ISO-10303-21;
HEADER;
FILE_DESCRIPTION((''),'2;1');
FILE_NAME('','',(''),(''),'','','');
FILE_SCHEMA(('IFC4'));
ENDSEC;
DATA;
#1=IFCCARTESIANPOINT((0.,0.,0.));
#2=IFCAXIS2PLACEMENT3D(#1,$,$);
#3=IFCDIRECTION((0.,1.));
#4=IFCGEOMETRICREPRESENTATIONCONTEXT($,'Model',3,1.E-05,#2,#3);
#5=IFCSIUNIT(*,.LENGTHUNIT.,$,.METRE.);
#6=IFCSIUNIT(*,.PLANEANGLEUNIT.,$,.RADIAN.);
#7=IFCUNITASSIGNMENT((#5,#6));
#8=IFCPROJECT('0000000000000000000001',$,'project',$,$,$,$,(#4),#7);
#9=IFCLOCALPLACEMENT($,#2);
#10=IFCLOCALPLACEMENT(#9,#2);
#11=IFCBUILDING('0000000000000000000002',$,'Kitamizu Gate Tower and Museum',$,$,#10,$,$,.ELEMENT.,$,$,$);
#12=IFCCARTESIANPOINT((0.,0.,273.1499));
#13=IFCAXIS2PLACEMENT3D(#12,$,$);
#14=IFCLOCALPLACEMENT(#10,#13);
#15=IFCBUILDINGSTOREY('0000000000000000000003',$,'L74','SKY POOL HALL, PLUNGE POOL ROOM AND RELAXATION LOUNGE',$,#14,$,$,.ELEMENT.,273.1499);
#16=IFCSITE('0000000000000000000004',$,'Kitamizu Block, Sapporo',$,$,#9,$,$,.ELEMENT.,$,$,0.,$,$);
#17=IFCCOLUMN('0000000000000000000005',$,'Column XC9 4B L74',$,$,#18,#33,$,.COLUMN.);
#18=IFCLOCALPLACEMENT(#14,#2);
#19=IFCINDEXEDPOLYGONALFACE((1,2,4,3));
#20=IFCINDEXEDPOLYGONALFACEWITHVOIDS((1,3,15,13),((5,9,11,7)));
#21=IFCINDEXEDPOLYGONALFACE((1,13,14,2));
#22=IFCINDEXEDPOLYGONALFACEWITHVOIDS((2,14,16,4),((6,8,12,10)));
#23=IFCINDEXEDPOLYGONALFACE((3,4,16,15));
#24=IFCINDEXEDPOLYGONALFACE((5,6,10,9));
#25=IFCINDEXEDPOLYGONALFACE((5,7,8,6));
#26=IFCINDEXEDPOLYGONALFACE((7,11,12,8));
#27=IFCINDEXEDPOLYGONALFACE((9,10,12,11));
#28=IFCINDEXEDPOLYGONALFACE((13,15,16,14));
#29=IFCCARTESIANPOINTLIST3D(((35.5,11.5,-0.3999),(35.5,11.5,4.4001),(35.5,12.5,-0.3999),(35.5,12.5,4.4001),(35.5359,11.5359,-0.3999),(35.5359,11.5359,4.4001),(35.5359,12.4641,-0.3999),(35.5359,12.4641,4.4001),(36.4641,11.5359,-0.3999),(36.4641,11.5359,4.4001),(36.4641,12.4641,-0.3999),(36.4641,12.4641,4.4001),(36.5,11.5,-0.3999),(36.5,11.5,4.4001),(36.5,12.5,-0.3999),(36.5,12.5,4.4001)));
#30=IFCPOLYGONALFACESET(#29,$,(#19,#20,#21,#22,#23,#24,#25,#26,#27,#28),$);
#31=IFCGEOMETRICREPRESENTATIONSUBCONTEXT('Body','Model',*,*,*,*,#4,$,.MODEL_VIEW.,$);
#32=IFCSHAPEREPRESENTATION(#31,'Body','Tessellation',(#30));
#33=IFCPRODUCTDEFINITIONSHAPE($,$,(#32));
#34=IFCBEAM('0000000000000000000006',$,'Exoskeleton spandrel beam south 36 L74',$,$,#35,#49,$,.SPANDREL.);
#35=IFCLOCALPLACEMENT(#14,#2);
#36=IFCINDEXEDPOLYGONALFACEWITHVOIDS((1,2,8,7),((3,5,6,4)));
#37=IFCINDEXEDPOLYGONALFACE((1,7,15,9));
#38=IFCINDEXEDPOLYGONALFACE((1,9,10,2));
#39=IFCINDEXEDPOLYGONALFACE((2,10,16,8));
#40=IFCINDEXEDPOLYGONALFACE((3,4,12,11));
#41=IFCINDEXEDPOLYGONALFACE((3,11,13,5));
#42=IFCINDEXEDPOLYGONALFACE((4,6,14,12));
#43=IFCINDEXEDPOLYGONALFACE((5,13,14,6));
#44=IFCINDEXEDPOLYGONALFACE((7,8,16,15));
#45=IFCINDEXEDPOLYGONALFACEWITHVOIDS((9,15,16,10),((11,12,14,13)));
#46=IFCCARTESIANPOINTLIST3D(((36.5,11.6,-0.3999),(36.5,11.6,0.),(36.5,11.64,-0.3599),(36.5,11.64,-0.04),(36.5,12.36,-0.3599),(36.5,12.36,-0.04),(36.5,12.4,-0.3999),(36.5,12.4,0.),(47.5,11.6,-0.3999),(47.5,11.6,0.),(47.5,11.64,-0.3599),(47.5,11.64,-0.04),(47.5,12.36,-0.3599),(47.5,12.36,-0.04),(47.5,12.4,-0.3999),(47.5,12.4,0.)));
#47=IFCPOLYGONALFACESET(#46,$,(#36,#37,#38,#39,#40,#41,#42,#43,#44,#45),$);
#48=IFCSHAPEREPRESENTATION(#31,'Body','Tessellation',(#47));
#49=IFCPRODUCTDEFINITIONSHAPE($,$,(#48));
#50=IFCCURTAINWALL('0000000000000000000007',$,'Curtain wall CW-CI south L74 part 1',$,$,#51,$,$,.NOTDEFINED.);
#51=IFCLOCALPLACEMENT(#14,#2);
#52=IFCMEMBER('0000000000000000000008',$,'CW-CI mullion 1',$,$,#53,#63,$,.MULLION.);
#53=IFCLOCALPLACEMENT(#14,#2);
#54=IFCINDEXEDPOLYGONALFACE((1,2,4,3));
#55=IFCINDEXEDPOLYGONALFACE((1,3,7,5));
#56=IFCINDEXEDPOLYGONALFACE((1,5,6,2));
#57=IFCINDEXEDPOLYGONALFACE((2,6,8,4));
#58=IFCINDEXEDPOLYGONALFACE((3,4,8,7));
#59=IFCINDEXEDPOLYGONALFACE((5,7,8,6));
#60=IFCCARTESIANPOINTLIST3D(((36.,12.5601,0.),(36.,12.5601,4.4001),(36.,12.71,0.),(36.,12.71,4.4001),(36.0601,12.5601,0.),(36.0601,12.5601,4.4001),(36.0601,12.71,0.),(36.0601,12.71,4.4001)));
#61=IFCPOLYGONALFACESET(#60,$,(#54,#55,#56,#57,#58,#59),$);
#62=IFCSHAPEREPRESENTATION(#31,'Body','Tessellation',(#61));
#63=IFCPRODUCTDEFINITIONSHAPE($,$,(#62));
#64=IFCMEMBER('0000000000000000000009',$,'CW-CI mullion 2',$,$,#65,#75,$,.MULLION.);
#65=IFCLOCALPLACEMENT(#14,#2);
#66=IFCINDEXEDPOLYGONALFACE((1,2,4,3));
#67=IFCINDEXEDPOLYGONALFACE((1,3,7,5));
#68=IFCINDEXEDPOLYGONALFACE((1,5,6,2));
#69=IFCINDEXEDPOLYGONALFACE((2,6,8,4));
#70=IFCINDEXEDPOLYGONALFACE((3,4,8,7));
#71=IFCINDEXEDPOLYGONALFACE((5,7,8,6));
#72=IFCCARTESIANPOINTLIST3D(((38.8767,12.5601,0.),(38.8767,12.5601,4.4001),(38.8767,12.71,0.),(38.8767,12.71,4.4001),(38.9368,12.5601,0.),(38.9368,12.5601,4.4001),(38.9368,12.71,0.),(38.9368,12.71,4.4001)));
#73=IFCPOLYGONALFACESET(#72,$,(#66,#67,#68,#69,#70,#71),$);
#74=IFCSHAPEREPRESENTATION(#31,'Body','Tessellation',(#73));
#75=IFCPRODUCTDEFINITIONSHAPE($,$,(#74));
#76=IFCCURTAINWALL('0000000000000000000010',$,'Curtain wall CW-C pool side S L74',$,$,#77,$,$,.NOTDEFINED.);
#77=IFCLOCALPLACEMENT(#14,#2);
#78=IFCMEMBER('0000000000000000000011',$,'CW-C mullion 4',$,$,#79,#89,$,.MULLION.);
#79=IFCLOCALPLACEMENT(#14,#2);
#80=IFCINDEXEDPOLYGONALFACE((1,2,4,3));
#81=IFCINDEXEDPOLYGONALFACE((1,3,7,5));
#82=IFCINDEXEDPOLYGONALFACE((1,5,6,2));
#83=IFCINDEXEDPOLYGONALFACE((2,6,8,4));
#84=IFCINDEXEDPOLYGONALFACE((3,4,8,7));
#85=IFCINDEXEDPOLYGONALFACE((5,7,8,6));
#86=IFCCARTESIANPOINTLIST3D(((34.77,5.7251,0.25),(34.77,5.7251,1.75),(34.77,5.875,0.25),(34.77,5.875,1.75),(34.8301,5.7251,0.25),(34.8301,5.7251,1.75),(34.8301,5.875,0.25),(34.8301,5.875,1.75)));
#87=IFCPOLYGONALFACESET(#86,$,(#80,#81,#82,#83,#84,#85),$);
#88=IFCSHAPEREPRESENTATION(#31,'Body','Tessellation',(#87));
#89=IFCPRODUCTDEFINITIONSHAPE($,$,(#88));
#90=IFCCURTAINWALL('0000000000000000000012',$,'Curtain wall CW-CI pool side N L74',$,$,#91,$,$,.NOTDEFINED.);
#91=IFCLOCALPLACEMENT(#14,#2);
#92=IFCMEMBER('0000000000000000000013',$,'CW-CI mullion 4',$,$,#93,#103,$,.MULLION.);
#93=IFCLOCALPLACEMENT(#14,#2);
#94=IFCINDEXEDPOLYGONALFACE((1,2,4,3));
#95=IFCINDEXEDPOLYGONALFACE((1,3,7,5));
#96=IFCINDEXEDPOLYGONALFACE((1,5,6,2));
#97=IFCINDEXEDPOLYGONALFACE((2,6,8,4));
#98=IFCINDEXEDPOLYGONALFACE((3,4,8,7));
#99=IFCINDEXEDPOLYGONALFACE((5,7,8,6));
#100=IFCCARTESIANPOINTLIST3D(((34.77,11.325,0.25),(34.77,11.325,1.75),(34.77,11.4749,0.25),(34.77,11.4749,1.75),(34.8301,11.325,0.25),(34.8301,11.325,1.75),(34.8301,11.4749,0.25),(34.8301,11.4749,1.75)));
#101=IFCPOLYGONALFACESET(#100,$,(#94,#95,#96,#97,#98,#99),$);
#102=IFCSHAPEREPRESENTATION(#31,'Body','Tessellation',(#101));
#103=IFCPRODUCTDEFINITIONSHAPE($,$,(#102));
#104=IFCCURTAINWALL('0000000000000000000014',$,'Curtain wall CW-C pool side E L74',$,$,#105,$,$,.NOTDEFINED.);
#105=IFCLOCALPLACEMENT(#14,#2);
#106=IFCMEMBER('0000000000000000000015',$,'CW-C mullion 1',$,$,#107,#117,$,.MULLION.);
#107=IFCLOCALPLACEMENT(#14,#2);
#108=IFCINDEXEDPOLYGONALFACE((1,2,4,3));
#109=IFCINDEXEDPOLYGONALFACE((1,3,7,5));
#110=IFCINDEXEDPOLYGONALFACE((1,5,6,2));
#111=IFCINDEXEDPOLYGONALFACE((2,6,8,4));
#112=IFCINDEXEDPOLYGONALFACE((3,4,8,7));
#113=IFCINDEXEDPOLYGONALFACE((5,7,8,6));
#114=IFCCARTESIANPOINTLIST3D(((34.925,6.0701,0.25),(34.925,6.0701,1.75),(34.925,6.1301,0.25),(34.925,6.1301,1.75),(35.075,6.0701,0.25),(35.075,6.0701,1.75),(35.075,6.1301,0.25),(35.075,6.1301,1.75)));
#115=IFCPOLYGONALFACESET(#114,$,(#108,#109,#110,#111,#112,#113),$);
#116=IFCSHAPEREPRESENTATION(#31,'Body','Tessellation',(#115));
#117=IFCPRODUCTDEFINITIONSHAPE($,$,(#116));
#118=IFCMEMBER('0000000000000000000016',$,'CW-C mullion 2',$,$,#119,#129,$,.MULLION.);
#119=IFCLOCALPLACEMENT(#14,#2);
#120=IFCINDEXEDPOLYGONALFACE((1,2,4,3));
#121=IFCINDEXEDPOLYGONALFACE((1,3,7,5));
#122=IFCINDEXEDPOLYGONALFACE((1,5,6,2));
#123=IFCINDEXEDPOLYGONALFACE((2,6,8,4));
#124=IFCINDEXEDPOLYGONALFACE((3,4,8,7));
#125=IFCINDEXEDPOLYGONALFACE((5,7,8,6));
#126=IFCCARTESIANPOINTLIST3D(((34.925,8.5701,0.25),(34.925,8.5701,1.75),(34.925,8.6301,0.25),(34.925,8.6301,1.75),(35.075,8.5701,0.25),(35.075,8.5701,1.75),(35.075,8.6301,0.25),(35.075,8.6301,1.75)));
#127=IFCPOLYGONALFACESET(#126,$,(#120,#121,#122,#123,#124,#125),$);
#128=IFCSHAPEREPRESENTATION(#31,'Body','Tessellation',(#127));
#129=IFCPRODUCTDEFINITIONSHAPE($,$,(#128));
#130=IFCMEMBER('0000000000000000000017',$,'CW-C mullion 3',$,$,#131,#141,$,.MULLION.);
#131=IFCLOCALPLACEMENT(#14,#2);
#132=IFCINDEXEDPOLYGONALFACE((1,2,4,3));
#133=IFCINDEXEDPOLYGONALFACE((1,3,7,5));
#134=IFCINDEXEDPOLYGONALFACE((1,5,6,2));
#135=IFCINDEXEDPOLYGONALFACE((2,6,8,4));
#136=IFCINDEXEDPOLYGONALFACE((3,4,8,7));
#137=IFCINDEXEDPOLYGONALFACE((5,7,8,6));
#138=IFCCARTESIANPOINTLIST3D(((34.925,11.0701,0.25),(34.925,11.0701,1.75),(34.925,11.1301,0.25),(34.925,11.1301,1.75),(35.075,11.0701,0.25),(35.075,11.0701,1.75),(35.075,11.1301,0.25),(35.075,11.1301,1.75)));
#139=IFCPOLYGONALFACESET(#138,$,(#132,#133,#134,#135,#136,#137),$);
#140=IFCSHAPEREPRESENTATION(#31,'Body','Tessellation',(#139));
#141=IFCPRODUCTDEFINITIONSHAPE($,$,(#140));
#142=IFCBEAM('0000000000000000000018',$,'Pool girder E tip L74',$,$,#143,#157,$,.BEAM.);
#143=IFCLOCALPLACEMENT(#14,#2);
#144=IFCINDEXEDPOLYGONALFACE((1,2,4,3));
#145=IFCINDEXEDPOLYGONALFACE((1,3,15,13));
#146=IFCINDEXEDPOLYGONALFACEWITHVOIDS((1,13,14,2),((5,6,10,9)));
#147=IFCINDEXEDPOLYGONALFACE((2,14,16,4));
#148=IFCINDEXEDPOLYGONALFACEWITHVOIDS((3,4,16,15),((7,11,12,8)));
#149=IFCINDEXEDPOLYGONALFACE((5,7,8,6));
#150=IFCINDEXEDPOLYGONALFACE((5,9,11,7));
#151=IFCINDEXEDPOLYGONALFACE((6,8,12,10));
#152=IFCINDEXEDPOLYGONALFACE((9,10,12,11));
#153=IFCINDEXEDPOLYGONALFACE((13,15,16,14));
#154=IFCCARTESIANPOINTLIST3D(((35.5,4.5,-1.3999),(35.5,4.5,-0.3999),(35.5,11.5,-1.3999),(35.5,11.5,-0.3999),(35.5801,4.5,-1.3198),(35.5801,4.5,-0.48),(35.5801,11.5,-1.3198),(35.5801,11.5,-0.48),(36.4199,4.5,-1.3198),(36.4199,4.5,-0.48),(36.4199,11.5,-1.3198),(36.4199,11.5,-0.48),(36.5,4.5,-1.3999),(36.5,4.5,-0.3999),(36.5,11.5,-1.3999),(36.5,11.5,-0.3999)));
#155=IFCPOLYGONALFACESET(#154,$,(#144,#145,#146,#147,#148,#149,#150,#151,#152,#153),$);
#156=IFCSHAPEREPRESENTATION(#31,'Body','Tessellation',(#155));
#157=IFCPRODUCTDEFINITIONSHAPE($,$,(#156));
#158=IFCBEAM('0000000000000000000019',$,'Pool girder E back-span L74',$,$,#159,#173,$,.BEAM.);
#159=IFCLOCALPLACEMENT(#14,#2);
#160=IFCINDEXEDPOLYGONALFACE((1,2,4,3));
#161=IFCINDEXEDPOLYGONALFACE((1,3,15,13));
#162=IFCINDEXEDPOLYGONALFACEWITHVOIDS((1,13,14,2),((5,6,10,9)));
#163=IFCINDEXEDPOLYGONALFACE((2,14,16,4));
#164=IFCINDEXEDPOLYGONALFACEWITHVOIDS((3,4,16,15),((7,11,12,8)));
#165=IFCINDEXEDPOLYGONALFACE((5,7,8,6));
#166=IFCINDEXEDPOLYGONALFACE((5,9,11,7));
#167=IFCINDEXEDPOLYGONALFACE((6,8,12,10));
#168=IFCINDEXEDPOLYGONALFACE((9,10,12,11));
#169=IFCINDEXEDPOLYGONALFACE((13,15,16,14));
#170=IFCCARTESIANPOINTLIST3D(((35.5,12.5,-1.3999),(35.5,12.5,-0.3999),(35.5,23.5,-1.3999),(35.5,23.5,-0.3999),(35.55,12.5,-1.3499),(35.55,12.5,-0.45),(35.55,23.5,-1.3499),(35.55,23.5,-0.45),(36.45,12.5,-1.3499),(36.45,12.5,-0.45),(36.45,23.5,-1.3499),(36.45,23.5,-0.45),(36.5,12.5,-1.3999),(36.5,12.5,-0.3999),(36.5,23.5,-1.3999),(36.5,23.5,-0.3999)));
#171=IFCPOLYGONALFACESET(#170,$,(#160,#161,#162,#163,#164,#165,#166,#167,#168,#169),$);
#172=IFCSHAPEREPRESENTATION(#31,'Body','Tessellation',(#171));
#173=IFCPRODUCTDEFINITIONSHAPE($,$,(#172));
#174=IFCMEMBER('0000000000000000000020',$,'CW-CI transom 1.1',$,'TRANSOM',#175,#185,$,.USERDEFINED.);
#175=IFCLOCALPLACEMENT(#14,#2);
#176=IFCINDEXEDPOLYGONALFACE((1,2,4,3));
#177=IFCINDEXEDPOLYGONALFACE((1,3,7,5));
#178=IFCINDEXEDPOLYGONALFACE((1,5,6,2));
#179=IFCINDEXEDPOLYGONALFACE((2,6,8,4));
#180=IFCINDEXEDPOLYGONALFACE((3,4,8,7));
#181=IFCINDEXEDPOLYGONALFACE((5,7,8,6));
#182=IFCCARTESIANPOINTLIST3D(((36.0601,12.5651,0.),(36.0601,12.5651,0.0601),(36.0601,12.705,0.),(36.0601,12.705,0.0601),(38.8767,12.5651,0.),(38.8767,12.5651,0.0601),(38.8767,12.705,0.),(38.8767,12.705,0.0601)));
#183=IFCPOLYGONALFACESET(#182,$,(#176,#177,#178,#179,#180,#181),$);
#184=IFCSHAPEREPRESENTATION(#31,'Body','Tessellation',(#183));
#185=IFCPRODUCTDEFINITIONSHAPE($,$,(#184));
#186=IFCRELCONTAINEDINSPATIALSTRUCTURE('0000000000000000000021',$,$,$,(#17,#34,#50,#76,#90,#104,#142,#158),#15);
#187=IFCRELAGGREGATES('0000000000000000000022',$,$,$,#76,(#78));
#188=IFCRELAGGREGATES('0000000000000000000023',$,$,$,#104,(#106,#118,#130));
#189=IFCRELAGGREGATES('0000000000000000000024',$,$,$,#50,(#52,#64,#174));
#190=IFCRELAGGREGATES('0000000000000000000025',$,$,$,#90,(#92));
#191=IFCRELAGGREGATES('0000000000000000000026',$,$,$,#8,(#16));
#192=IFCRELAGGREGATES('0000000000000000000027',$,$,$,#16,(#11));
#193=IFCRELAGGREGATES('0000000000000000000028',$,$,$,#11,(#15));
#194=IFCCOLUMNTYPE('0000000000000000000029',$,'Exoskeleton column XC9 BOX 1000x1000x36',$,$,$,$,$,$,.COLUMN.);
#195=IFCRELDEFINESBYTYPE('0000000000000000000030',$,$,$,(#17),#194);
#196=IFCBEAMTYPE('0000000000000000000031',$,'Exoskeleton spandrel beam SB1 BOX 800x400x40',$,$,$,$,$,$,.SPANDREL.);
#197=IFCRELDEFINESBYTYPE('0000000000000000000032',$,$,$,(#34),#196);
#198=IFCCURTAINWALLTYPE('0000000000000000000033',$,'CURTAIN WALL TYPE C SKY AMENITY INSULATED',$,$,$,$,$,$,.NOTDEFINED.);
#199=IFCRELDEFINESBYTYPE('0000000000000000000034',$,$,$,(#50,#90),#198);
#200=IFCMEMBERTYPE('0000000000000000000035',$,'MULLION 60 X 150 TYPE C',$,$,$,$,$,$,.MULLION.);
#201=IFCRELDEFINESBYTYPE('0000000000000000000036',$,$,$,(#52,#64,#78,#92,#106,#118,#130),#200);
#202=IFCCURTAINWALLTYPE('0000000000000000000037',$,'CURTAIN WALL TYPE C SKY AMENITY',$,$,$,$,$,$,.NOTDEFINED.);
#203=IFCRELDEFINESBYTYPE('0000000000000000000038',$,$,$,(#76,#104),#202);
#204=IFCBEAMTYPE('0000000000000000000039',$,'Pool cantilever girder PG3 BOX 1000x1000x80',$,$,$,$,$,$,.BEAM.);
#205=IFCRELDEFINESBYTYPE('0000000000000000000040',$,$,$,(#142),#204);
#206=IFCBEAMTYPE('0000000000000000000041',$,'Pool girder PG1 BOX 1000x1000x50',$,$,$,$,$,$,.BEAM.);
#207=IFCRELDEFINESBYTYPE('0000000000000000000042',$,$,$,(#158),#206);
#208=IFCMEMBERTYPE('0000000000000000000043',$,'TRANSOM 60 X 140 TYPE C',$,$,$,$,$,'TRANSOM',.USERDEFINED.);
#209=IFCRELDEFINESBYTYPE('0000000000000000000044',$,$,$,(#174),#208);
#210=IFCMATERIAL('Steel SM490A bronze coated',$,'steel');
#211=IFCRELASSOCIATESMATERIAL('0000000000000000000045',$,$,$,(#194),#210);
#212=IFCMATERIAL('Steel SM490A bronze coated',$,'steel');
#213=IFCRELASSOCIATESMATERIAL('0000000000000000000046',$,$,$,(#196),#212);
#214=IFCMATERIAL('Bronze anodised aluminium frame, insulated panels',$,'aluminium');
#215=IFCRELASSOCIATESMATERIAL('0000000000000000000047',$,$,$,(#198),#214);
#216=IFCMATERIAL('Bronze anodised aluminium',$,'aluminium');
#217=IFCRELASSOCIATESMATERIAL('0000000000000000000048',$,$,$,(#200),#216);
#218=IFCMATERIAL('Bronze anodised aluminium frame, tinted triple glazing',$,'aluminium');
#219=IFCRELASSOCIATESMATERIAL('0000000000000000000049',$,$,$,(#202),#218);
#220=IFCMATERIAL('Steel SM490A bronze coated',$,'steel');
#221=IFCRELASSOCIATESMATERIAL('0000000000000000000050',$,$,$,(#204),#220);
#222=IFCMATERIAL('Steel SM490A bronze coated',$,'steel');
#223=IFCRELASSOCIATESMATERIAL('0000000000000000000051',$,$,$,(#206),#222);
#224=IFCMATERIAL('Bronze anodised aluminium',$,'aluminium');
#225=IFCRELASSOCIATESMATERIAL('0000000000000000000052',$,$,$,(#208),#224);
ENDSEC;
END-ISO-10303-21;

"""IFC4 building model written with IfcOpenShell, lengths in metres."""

from ifc_helpers import new_model, si_unit, direction, frame, origin, origin_2d, place, context, subcontext, project, spatial, rectangle, hollow_rectangle, extrude, material, material_profile, profile_set, type_object, element, aggregate, save


model = new_model("IFC4")

# Units and contexts
model_context = context("Model", 3, precision=1e-05, world=origin(), true_north=direction((0.0, 1.0)))
body_context = subcontext(model_context, "Body", "Model", "MODEL_VIEW")
ifc_project = project(units=[si_unit("LENGTHUNIT", "METRE"), si_unit("PLANEANGLEUNIT", "RADIAN")], contexts=[model_context])

# Site, building, storey
site_placement = place(None, origin())
site = spatial("IfcSite", under=ifc_project, at=site_placement, Name="Kitamizu Block, Sapporo", CompositionType="ELEMENT", RefElevation=0.0)
building_placement = place(site_placement, origin())
building = spatial("IfcBuilding", under=site, at=building_placement, Name="Kitamizu Gate Tower and Museum", CompositionType="ELEMENT")
storey_placement = place(building_placement, frame((0.0, 0.0, 273.1499)))
storey = spatial("IfcBuildingStorey", under=building, at=storey_placement, Name="L74", Description="SKY POOL HALL, PLUNGE POOL ROOM AND RELAXATION LOUNGE", CompositionType="ELEMENT", Elevation=273.1499)

# Column
ifc_material_1 = material(Name="Steel SM490A bronze coated", Category="steel")
ifc_material_profile_1 = material_profile(ifc_material_1, hollow_rectangle(XDim=1.0, YDim=1.0, WallThickness=0.0359, at=origin_2d()), Name="BOX 1000x1000x36")
ifc_profile_set_1 = profile_set([ifc_material_profile_1], Name="Steel SM490A bronze coated")
column_type = type_object("IfcColumnType", Name="Exoskeleton column XC9 BOX 1000x1000x36", PredefinedType="COLUMN", material=ifc_profile_set_1)
column_placement = place(storey_placement, frame((36.0, 12.0, -0.3999), z_axis=(0.0, 0.0, 1.0), x_axis=(1.0, 0.0, 0.0)))
element("IfcColumn", 1, at=column_placement, inside=storey, type_object=column_type, Name="Column XC9 4B L74", PredefinedType="COLUMN", context=body_context, shape_type="SweptSolid", body=[
    extrude(hollow_rectangle(XDim=1.0, YDim=1.0, WallThickness=0.0359, at=origin_2d()), origin(), (0.0, 0.0, 1.0), 4.8),
])

# Beam
ifc_material_2 = material(Name="Steel SM490A bronze coated", Category="steel")
ifc_material_profile_2 = material_profile(ifc_material_2, hollow_rectangle(XDim=0.8, YDim=0.3999, WallThickness=0.04, at=origin_2d()), Name="BOX 800x400x40")
ifc_profile_set_2 = profile_set([ifc_material_profile_2], Name="Steel SM490A bronze coated")
beam_type_1 = type_object("IfcBeamType", Name="Exoskeleton spandrel beam SB1 BOX 800x400x40", PredefinedType="SPANDREL", material=ifc_profile_set_2)
beam_1_placement = place(storey_placement, frame((36.5, 12.0, -0.2), z_axis=(1.0, 0.0, 0.0), x_axis=(0.0, 1.0, 0.0)))
element("IfcBeam", 2, at=beam_1_placement, inside=storey, type_object=beam_type_1, Name="Exoskeleton spandrel beam south 36 L74", PredefinedType="SPANDREL", context=body_context, shape_type="SweptSolid", body=[
    extrude(hollow_rectangle(XDim=0.8, YDim=0.3999, WallThickness=0.04, at=origin_2d()), origin(), (0.0, 0.0, 1.0), 11.0),
])

# Curtain wall, members
ifc_material_3 = material(Name="Bronze anodised aluminium frame, insulated panels", Category="aluminium")
curtain_wall_type_1 = type_object("IfcCurtainWallType", Name="CURTAIN WALL TYPE C SKY AMENITY INSULATED", PredefinedType="NOTDEFINED", material=ifc_material_3)
curtain_wall_1_placement = place(storey_placement, origin())
curtain_wall_1 = element("IfcCurtainWall", 3, at=curtain_wall_1_placement, inside=storey, type_object=curtain_wall_type_1, Name="Curtain wall CW-CI south L74 part 1", PredefinedType="NOTDEFINED")
ifc_material_4 = material(Name="Bronze anodised aluminium", Category="aluminium")
ifc_material_profile_3 = material_profile(ifc_material_4, rectangle(XDim=0.0601, YDim=0.1499, at=origin_2d()), Name="AL 60X150")
ifc_profile_set_3 = profile_set([ifc_material_profile_3], Name="Bronze anodised aluminium")
member_type_1 = type_object("IfcMemberType", Name="MULLION 60 X 150 TYPE C", PredefinedType="MULLION", material=ifc_profile_set_3)
member_1_placement = place(storey_placement, frame((36.03, 12.635, 0.0), z_axis=(0.0, 0.0, 1.0), x_axis=(1.0, 0.0, 0.0)))
member_1 = element("IfcMember", 4, at=member_1_placement, type_object=member_type_1, Name="CW-CI mullion 1", PredefinedType="MULLION", context=body_context, shape_type="SweptSolid", body=[
    extrude(rectangle(XDim=0.0601, YDim=0.1499, at=origin_2d()), origin(), (0.0, 0.0, 1.0), 4.4001),
])
member_2_placement = place(storey_placement, frame((38.9067, 12.635, 0.0), z_axis=(0.0, 0.0, 1.0), x_axis=(1.0, 0.0, 0.0)))
member_2 = element("IfcMember", 5, at=member_2_placement, type_object=member_type_1, Name="CW-CI mullion 2", PredefinedType="MULLION", context=body_context, shape_type="SweptSolid", body=[
    extrude(rectangle(XDim=0.0601, YDim=0.1499, at=origin_2d()), origin(), (0.0, 0.0, 1.0), 4.4001),
])

# Curtain walls, members
ifc_material_5 = material(Name="Bronze anodised aluminium frame, tinted triple glazing", Category="aluminium")
curtain_wall_type_2 = type_object("IfcCurtainWallType", Name="CURTAIN WALL TYPE C SKY AMENITY", PredefinedType="NOTDEFINED", material=ifc_material_5)
curtain_wall_2_placement = place(storey_placement, origin())
curtain_wall_2 = element("IfcCurtainWall", 6, at=curtain_wall_2_placement, inside=storey, type_object=curtain_wall_type_2, Name="Curtain wall CW-C pool side S L74", PredefinedType="NOTDEFINED")
member_3_placement = place(storey_placement, frame((34.8, 5.8, 0.25), z_axis=(0.0, 0.0, 1.0), x_axis=(1.0, 0.0, 0.0)))
member_3 = element("IfcMember", 7, at=member_3_placement, type_object=member_type_1, Name="CW-C mullion 4", PredefinedType="MULLION", context=body_context, shape_type="SweptSolid", body=[
    extrude(rectangle(XDim=0.0601, YDim=0.1499, at=origin_2d()), origin(), (0.0, 0.0, 1.0), 1.5),
])
curtain_wall_3_placement = place(storey_placement, origin())
curtain_wall_3 = element("IfcCurtainWall", 8, at=curtain_wall_3_placement, inside=storey, type_object=curtain_wall_type_1, Name="Curtain wall CW-CI pool side N L74", PredefinedType="NOTDEFINED")
member_4_placement = place(storey_placement, frame((34.8, 11.3999, 0.25), z_axis=(0.0, 0.0, 1.0), x_axis=(1.0, 0.0, 0.0)))
member_4 = element("IfcMember", 9, at=member_4_placement, type_object=member_type_1, Name="CW-CI mullion 4", PredefinedType="MULLION", context=body_context, shape_type="SweptSolid", body=[
    extrude(rectangle(XDim=0.0601, YDim=0.1499, at=origin_2d()), origin(), (0.0, 0.0, 1.0), 1.5),
])

# Curtain wall, members
curtain_wall_4_placement = place(storey_placement, origin())
curtain_wall_4 = element("IfcCurtainWall", 10, at=curtain_wall_4_placement, inside=storey, type_object=curtain_wall_type_2, Name="Curtain wall CW-C pool side E L74", PredefinedType="NOTDEFINED")
member_5_placement = place(storey_placement, frame((35.0, 6.1001, 0.25), z_axis=(0.0, 0.0, 1.0), x_axis=(0.0, 1.0, 0.0)))
member_5 = element("IfcMember", 11, at=member_5_placement, type_object=member_type_1, Name="CW-C mullion 1", PredefinedType="MULLION", context=body_context, shape_type="SweptSolid", body=[
    extrude(rectangle(XDim=0.0601, YDim=0.1499, at=origin_2d()), origin(), (0.0, 0.0, 1.0), 1.5),
])
member_6_placement = place(storey_placement, frame((35.0, 8.6001, 0.25), z_axis=(0.0, 0.0, 1.0), x_axis=(0.0, 1.0, 0.0)))
member_6 = element("IfcMember", 12, at=member_6_placement, type_object=member_type_1, Name="CW-C mullion 2", PredefinedType="MULLION", context=body_context, shape_type="SweptSolid", body=[
    extrude(rectangle(XDim=0.0601, YDim=0.1499, at=origin_2d()), origin(), (0.0, 0.0, 1.0), 1.5),
])
member_7_placement = place(storey_placement, frame((35.0, 11.1001, 0.25), z_axis=(0.0, 0.0, 1.0), x_axis=(0.0, 1.0, 0.0)))
member_7 = element("IfcMember", 13, at=member_7_placement, type_object=member_type_1, Name="CW-C mullion 3", PredefinedType="MULLION", context=body_context, shape_type="SweptSolid", body=[
    extrude(rectangle(XDim=0.0601, YDim=0.1499, at=origin_2d()), origin(), (0.0, 0.0, 1.0), 1.5),
])

# Beams
ifc_material_6 = material(Name="Steel SM490A bronze coated", Category="steel")
ifc_material_profile_4 = material_profile(ifc_material_6, hollow_rectangle(XDim=1.0, YDim=1.0, WallThickness=0.0801, at=origin_2d()), Name="BOX 1000x1000x80")
ifc_profile_set_4 = profile_set([ifc_material_profile_4], Name="Steel SM490A bronze coated")
beam_type_2 = type_object("IfcBeamType", Name="Pool cantilever girder PG3 BOX 1000x1000x80", PredefinedType="BEAM", material=ifc_profile_set_4)
beam_2_placement = place(storey_placement, frame((36.0, 4.5, -0.8999), z_axis=(0.0, 1.0, 0.0), x_axis=(-1.0, 0.0, 0.0)))
element("IfcBeam", 14, at=beam_2_placement, inside=storey, type_object=beam_type_2, Name="Pool girder E tip L74", PredefinedType="BEAM", context=body_context, shape_type="SweptSolid", body=[
    extrude(hollow_rectangle(XDim=1.0, YDim=1.0, WallThickness=0.0801, at=origin_2d()), origin(), (0.0, 0.0, 1.0), 7.0),
])
ifc_material_7 = material(Name="Steel SM490A bronze coated", Category="steel")
ifc_material_profile_5 = material_profile(ifc_material_7, hollow_rectangle(XDim=1.0, YDim=1.0, WallThickness=0.05, at=origin_2d()), Name="BOX 1000x1000x50")
ifc_profile_set_5 = profile_set([ifc_material_profile_5], Name="Steel SM490A bronze coated")
beam_type_3 = type_object("IfcBeamType", Name="Pool girder PG1 BOX 1000x1000x50", PredefinedType="BEAM", material=ifc_profile_set_5)
beam_3_placement = place(storey_placement, frame((36.0, 12.5, -0.8999), z_axis=(0.0, 1.0, 0.0), x_axis=(-1.0, 0.0, 0.0)))
element("IfcBeam", 15, at=beam_3_placement, inside=storey, type_object=beam_type_3, Name="Pool girder E back-span L74", PredefinedType="BEAM", context=body_context, shape_type="SweptSolid", body=[
    extrude(hollow_rectangle(XDim=1.0, YDim=1.0, WallThickness=0.05, at=origin_2d()), origin(), (0.0, 0.0, 1.0), 11.0),
])

# Member
ifc_material_8 = material(Name="Bronze anodised aluminium", Category="aluminium")
ifc_material_profile_6 = material_profile(ifc_material_8, rectangle(XDim=0.1399, YDim=0.0601, at=origin_2d()), Name="AL 60X140")
ifc_profile_set_6 = profile_set([ifc_material_profile_6], Name="Bronze anodised aluminium")
member_type_2 = type_object("IfcMemberType", Name="TRANSOM 60 X 140 TYPE C", ElementType="TRANSOM", PredefinedType="USERDEFINED", material=ifc_profile_set_6)
member_8_placement = place(storey_placement, frame((36.0601, 12.635, 0.03), z_axis=(1.0, 0.0, 0.0), x_axis=(0.0, 1.0, 0.0)))
member_8 = element("IfcMember", 16, at=member_8_placement, type_object=member_type_2, Name="CW-CI transom 1.1", ObjectType="TRANSOM", PredefinedType="USERDEFINED", context=body_context, shape_type="SweptSolid", body=[
    extrude(rectangle(XDim=0.1399, YDim=0.0601, at=origin_2d()), origin(), (0.0, 0.0, 1.0), 2.8167),
])

aggregate(curtain_wall_2, [member_3])
aggregate(curtain_wall_4, [member_5, member_6, member_7])
aggregate(curtain_wall_1, [member_1, member_2, member_8])
aggregate(curtain_wall_3, [member_4])

save(model, "model.ifc")
